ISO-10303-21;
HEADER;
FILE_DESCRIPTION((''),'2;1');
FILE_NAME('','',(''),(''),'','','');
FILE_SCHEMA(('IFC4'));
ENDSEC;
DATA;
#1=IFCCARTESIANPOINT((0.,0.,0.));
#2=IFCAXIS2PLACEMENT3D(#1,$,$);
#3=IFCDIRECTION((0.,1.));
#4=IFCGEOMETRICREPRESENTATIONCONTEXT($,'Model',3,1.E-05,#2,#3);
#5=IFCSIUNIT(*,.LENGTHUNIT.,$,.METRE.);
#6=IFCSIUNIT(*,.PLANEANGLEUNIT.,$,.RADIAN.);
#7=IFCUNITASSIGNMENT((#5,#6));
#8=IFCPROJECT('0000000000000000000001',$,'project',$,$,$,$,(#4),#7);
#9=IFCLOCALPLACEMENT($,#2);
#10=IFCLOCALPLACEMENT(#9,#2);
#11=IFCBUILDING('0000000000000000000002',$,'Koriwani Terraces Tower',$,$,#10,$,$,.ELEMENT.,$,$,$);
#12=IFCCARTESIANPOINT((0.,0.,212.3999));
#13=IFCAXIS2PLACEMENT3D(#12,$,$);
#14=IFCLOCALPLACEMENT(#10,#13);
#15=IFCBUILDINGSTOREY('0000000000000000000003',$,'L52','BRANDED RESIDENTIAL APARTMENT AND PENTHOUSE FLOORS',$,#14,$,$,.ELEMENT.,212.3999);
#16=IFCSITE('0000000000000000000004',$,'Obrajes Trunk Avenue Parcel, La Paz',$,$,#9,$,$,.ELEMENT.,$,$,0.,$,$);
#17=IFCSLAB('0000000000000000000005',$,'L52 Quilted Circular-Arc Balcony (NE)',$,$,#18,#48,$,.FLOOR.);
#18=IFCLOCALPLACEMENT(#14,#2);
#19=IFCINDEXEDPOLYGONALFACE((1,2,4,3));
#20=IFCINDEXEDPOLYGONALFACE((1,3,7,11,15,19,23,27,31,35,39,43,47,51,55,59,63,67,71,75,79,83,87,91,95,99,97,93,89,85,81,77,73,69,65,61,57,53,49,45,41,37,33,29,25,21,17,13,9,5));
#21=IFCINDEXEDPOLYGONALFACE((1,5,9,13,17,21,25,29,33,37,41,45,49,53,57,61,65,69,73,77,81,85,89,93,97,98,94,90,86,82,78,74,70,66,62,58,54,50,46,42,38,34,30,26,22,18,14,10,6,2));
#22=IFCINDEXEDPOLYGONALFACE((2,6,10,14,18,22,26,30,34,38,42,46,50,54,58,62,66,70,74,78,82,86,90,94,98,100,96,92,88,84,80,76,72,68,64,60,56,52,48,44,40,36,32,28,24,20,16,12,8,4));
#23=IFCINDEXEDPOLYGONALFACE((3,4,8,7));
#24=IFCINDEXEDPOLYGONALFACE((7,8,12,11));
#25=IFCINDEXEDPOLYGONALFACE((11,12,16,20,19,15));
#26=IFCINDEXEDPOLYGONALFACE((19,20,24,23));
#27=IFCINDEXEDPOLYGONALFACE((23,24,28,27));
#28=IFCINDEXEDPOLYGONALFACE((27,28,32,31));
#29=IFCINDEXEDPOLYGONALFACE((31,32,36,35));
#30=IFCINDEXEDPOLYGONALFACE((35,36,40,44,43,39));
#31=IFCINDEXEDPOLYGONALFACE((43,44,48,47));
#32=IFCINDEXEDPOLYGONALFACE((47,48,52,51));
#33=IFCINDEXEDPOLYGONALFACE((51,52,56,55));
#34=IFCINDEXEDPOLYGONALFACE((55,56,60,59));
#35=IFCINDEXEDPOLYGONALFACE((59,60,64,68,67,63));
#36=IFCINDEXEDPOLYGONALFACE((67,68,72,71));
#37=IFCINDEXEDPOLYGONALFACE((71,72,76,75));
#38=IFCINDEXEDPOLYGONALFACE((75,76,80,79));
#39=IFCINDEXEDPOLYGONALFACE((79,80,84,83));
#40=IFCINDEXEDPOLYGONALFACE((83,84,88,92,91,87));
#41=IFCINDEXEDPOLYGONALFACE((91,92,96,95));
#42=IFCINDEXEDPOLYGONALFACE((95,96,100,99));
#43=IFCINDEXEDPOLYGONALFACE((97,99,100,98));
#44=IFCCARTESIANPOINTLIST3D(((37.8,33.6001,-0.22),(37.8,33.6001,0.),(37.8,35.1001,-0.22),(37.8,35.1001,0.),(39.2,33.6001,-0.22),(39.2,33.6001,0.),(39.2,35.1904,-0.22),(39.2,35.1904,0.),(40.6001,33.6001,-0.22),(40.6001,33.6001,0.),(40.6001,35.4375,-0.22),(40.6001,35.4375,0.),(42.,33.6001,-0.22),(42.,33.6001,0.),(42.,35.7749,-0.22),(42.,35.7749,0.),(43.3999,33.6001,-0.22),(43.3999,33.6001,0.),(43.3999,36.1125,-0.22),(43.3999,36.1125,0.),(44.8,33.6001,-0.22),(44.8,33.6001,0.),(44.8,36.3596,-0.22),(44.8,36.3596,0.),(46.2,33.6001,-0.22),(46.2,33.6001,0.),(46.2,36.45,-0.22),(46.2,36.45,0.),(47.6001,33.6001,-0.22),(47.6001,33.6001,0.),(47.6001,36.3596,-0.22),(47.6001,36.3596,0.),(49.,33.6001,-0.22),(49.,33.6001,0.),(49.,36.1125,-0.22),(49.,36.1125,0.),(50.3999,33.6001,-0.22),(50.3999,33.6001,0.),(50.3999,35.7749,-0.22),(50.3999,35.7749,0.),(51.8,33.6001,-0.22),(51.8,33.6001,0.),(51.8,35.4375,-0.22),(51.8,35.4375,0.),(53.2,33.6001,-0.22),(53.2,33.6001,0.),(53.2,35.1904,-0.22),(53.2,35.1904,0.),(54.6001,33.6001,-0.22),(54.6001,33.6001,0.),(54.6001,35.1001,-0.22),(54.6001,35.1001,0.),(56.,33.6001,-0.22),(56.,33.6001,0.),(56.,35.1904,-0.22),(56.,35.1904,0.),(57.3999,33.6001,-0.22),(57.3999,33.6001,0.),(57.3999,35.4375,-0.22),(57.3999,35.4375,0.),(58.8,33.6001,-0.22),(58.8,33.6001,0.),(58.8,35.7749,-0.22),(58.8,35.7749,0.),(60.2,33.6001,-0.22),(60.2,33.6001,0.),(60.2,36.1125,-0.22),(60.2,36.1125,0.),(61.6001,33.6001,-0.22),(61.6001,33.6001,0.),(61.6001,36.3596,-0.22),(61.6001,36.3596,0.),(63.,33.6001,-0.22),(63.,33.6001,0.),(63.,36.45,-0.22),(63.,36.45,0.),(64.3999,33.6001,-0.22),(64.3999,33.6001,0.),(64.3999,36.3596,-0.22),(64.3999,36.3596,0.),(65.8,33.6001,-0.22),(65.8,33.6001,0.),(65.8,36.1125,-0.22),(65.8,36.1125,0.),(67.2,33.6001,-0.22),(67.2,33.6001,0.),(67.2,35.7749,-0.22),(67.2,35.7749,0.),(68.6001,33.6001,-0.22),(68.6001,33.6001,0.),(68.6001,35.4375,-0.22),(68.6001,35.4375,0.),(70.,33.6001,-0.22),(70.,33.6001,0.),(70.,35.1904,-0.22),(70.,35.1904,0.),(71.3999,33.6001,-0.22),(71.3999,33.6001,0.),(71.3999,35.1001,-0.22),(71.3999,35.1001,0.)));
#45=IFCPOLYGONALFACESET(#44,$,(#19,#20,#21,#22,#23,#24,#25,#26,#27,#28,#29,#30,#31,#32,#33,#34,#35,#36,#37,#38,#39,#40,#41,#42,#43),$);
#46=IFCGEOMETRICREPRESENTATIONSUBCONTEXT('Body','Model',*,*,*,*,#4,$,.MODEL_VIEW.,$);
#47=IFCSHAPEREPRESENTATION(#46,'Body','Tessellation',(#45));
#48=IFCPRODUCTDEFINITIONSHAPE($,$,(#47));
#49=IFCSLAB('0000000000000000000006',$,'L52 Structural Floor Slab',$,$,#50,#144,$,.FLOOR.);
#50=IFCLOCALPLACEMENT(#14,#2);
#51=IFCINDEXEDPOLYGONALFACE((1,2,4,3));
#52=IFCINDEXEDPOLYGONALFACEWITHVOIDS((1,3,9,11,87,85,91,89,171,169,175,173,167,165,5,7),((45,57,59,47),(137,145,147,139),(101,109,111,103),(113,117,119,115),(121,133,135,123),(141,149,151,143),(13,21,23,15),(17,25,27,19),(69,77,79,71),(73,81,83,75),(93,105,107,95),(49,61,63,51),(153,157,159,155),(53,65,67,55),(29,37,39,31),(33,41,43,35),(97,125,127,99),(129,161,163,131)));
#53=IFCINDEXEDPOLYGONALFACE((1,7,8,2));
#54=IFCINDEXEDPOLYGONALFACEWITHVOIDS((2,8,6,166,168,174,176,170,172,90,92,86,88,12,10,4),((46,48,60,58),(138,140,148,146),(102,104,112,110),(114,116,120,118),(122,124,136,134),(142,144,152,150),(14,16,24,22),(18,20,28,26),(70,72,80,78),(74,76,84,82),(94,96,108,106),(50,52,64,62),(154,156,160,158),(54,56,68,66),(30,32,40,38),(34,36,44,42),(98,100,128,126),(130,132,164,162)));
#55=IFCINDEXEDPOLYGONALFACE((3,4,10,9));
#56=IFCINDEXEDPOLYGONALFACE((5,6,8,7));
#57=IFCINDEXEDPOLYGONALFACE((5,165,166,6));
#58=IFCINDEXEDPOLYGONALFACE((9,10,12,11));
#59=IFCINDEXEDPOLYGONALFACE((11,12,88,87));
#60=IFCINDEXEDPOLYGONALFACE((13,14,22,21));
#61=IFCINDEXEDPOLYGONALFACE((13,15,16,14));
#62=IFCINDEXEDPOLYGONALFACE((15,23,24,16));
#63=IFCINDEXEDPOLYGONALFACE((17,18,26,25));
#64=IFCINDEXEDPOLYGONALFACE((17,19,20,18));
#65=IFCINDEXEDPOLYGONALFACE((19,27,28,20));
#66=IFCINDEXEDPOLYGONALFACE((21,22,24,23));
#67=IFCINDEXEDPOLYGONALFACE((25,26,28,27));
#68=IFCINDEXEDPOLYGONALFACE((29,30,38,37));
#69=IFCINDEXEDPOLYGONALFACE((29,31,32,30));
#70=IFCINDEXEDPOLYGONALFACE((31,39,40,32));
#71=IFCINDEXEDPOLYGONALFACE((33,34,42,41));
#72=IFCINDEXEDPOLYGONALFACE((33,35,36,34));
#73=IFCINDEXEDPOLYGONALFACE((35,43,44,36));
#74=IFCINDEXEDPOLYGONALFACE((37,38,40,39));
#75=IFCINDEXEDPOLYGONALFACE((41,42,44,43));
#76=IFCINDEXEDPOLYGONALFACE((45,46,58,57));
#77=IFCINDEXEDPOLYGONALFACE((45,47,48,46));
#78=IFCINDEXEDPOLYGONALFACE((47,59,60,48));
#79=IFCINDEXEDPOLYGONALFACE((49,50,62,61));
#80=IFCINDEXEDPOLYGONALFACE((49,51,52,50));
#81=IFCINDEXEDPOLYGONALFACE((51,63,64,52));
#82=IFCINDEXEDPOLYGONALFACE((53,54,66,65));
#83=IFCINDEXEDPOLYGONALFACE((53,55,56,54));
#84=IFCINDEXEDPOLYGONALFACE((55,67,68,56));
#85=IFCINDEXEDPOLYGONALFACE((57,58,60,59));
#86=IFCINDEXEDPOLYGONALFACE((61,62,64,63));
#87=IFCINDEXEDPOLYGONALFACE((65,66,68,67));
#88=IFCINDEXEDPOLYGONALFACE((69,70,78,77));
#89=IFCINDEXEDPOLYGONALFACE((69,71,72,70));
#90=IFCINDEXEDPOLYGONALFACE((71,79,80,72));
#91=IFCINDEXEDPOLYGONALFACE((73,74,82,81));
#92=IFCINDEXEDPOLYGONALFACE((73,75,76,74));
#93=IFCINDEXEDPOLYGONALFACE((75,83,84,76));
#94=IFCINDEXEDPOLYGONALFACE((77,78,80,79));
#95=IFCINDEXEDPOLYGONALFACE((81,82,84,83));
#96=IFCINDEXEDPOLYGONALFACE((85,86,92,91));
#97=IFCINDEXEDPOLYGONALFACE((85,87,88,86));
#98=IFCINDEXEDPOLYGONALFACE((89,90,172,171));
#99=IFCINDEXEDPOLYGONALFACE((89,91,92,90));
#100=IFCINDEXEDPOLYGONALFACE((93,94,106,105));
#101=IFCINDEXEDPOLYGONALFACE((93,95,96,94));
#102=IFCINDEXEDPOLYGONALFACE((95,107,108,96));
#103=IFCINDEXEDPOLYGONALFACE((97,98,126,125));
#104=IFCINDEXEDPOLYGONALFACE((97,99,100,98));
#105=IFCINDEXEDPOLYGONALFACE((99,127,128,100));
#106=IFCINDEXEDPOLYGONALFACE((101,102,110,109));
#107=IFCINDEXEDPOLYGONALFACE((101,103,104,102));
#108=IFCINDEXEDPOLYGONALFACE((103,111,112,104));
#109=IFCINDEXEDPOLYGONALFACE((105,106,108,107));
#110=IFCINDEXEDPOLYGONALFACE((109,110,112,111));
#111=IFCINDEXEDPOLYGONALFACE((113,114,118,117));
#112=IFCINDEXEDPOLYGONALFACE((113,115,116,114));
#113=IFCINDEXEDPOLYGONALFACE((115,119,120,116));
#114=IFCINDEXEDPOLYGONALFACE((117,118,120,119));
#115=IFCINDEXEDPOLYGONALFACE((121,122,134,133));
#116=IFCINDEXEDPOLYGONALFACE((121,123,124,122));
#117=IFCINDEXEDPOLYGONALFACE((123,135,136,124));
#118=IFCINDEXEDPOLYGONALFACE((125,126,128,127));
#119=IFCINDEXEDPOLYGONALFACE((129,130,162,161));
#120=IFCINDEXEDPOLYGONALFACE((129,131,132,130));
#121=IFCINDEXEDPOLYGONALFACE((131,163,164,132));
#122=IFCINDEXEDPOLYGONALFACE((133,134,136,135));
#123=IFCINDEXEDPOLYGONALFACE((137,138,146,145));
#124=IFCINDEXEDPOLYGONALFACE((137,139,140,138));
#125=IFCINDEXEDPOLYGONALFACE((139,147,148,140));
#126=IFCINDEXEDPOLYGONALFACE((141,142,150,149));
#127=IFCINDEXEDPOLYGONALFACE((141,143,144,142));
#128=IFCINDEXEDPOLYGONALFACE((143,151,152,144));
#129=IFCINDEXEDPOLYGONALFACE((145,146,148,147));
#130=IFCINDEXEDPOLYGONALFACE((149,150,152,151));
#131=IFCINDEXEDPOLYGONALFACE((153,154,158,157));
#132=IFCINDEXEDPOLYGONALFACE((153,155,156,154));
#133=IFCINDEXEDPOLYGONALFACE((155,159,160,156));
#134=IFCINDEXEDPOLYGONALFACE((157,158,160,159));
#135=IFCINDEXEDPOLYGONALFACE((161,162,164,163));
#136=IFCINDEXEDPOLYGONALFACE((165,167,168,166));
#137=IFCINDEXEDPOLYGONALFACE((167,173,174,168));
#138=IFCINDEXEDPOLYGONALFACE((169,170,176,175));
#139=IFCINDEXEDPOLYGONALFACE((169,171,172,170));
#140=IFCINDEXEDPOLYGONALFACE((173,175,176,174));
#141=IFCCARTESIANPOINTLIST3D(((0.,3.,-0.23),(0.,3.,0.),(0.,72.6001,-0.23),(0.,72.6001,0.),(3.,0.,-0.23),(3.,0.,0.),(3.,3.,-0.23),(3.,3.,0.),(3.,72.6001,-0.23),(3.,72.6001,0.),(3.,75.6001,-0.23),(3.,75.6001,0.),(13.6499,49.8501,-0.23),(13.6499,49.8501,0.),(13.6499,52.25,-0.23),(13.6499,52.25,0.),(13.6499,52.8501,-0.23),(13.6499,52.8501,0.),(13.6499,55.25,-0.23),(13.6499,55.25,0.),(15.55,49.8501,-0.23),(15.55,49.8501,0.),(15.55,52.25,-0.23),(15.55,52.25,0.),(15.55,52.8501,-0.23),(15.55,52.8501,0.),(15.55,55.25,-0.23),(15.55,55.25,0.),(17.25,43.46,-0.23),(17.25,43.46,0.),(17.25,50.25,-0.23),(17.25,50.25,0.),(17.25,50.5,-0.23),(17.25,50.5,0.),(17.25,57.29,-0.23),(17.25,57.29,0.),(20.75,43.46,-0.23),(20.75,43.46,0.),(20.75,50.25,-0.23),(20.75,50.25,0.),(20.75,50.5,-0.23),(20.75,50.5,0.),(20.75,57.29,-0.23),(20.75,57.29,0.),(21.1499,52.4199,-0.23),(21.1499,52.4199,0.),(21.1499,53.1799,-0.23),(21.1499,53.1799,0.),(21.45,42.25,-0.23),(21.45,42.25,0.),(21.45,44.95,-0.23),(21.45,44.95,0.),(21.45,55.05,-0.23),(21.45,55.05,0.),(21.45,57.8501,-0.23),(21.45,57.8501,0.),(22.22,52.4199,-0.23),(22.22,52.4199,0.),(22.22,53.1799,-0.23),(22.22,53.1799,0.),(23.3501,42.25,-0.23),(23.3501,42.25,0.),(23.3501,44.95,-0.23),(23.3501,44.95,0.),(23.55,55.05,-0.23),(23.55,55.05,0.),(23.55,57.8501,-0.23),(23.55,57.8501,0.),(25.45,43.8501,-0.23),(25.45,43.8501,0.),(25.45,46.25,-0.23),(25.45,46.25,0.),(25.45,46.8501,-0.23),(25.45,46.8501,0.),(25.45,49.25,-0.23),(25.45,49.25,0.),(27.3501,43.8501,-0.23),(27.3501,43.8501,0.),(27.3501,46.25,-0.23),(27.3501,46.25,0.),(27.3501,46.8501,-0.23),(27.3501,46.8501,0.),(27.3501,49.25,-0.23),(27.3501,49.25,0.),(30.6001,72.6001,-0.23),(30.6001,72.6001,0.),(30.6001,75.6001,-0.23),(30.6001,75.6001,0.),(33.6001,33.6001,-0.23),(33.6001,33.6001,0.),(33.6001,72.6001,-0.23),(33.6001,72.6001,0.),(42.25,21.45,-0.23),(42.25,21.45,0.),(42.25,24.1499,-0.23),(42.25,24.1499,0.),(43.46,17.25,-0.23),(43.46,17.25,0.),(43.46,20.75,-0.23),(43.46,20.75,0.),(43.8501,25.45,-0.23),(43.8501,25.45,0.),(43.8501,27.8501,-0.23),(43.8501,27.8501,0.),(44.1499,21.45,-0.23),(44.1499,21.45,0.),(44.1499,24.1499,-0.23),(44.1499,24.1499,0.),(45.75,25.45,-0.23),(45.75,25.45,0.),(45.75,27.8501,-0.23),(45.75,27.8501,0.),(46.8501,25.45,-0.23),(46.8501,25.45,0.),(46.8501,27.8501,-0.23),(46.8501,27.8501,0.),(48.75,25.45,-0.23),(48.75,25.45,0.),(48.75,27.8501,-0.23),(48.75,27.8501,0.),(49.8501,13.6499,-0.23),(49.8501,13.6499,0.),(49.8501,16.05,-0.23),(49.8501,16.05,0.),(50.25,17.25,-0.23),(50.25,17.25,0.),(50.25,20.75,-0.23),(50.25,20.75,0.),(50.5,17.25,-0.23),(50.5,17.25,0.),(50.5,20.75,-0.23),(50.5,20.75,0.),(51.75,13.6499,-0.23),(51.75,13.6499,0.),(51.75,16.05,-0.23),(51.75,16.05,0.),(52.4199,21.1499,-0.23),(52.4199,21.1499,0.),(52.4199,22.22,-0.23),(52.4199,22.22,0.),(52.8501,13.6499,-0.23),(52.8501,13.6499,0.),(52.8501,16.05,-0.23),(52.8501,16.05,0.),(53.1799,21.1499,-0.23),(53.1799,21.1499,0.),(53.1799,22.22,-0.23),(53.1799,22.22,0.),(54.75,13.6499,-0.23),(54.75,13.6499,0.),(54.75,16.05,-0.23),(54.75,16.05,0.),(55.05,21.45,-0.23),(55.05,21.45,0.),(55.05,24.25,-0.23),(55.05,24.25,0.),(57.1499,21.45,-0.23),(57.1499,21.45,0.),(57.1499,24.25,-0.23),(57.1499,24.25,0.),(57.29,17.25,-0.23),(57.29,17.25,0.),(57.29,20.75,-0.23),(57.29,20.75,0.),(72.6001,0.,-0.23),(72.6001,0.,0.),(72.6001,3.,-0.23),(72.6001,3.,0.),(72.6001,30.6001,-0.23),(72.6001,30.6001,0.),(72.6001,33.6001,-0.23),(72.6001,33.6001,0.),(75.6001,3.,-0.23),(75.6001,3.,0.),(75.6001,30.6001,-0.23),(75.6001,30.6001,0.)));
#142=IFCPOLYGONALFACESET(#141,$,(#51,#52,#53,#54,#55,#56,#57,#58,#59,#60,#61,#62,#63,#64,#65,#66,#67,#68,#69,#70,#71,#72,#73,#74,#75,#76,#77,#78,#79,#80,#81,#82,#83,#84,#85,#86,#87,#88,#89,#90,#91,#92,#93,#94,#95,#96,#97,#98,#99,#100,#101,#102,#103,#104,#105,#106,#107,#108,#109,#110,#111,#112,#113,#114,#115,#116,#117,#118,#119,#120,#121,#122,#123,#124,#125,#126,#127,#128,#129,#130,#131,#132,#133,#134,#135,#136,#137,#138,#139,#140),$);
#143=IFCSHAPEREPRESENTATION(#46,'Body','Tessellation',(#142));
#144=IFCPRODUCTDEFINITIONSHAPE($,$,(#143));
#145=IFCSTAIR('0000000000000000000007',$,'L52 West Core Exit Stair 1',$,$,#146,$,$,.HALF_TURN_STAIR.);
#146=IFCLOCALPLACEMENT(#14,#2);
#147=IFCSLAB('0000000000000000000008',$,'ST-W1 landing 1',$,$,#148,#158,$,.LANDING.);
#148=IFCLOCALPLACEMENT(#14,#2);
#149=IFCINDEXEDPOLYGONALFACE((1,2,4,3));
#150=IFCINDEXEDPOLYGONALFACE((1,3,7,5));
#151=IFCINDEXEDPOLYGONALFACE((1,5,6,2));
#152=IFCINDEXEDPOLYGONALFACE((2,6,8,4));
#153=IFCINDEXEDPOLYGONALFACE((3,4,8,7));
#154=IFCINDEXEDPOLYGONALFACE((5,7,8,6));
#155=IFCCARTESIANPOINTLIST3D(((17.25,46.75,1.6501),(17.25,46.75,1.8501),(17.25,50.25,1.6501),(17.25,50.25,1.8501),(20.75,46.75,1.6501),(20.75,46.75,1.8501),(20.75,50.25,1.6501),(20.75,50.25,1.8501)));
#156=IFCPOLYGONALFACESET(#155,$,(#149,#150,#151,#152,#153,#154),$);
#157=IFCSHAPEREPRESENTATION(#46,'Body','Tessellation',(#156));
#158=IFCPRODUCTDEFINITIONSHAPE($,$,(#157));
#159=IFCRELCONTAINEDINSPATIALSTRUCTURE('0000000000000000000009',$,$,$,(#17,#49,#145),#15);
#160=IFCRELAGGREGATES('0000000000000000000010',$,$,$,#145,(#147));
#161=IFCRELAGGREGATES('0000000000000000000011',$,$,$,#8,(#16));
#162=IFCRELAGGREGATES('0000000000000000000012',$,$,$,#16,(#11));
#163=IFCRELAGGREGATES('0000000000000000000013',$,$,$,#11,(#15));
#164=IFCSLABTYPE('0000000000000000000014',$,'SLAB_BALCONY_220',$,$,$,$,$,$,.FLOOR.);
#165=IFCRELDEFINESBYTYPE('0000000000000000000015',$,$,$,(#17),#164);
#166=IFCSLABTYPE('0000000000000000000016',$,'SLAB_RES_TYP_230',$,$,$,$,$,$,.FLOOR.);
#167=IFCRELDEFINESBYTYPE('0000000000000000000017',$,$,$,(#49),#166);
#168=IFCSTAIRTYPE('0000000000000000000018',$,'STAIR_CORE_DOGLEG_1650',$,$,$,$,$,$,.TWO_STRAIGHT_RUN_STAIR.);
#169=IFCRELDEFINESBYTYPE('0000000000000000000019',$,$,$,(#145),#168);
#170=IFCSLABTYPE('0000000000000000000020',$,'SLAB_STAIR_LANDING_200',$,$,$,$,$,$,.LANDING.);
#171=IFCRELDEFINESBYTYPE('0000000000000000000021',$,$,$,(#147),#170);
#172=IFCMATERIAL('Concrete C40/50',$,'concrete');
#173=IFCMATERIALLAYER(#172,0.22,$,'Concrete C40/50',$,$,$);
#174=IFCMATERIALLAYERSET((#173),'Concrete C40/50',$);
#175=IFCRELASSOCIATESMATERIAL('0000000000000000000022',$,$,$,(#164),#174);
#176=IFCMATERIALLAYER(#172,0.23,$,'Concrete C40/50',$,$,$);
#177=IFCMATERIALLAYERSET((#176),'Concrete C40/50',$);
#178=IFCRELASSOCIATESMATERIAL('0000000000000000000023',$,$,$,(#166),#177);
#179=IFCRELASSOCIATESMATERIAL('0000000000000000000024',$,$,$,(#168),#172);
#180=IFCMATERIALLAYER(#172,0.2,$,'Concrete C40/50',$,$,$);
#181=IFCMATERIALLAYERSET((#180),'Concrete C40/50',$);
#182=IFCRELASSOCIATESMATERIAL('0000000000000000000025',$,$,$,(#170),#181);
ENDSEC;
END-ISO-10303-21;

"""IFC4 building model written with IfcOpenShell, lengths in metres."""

from ifc_helpers import new_model, si_unit, direction, frame, origin, place, context, subcontext, project, spatial, polyline, outline, extrude, material, layer, layer_set, type_object, element, aggregate, save


model = new_model("IFC4")

# Units and contexts
model_context = context("Model", 3, precision=1e-05, world=origin(), true_north=direction((0.0, 1.0)))
body_context = subcontext(model_context, "Body", "Model", "MODEL_VIEW")
ifc_project = project(units=[si_unit("LENGTHUNIT", "METRE"), si_unit("PLANEANGLEUNIT", "RADIAN")], contexts=[model_context])

# Site, building, storey
site_placement = place(None, origin())
site = spatial("IfcSite", under=ifc_project, at=site_placement, Name="Obrajes Trunk Avenue Parcel, La Paz", CompositionType="ELEMENT", RefElevation=0.0)
building_placement = place(site_placement, origin())
building = spatial("IfcBuilding", under=site, at=building_placement, Name="Koriwani Terraces Tower", CompositionType="ELEMENT")
storey_placement = place(building_placement, frame((0.0, 0.0, 212.3999)))
storey = spatial("IfcBuildingStorey", under=building, at=storey_placement, Name="L52", Description="BRANDED RESIDENTIAL APARTMENT AND PENTHOUSE FLOORS", CompositionType="ELEMENT", Elevation=212.3999)

# Shared definitions
ifc_material_1 = material(Name="Concrete C40/50", Category="concrete")

# Slabs
ifc_layer_1 = layer(ifc_material_1, 0.22, Name="Concrete C40/50")
ifc_layer_set_1 = layer_set([ifc_layer_1], Name="Concrete C40/50")
slab_type_1 = type_object("IfcSlabType", Name="SLAB_BALCONY_220", PredefinedType="FLOOR", material=ifc_layer_set_1)
slab_1_placement = place(storey_placement, frame((0.0, 0.0, -0.22)))
element("IfcSlab", 1, at=slab_1_placement, inside=storey, type_object=slab_type_1, Name="L52 Quilted Circular-Arc Balcony (NE)", PredefinedType="FLOOR", context=body_context, shape_type="SweptSolid", body=[
    extrude(outline(polyline([(71.3999, 33.6001), (70.0, 33.6001), (68.6001, 33.6001), (67.2, 33.6001), (65.8, 33.6001), (64.3999, 33.6001), (63.0, 33.6001), (61.6001, 33.6001), (60.2, 33.6001), (58.8, 33.6001), (57.3999, 33.6001), (56.0, 33.6001), (54.6001, 33.6001), (53.2, 33.6001), (51.8, 33.6001), (50.3999, 33.6001), (49.0, 33.6001), (47.6001, 33.6001), (46.2, 33.6001), (44.8, 33.6001), (43.3999, 33.6001), (42.0, 33.6001), (40.6001, 33.6001), (39.2, 33.6001), (37.8, 33.6001), (37.8, 35.1001), (39.2, 35.1904), (40.6001, 35.4375), (42.0, 35.7749), (43.3999, 36.1125), (44.8, 36.3596), (46.2, 36.45), (47.6001, 36.3596), (49.0, 36.1125), (50.3999, 35.7749), (51.8, 35.4375), (53.2, 35.1904), (54.6001, 35.1001), (56.0, 35.1904), (57.3999, 35.4375), (58.8, 35.7749), (60.2, 36.1125), (61.6001, 36.3596), (63.0, 36.45), (64.3999, 36.3596), (65.8, 36.1125), (67.2, 35.7749), (68.6001, 35.4375), (70.0, 35.1904), (71.3999, 35.1001), (71.3999, 33.6001)])), origin(), (0.0, 0.0, 1.0), 0.22),
])
ifc_layer_2 = layer(ifc_material_1, 0.23, Name="Concrete C40/50")
ifc_layer_set_2 = layer_set([ifc_layer_2], Name="Concrete C40/50")
slab_type_2 = type_object("IfcSlabType", Name="SLAB_RES_TYP_230", PredefinedType="FLOOR", material=ifc_layer_set_2)
slab_2_placement = place(storey_placement, frame((0.0, 0.0, -0.23)))
element("IfcSlab", 2, at=slab_2_placement, inside=storey, type_object=slab_type_2, Name="L52 Structural Floor Slab", PredefinedType="FLOOR", context=body_context, shape_type="SweptSolid", body=[
    extrude(outline(polyline([(3.0, 0.0), (72.6001, 0.0), (72.6001, 3.0), (75.6001, 3.0), (75.6001, 30.6001), (72.6001, 30.6001), (72.6001, 33.6001), (33.6001, 33.6001), (33.6001, 72.6001), (30.6001, 72.6001), (30.6001, 75.6001), (3.0, 75.6001), (3.0, 72.6001), (0.0, 72.6001), (0.0, 3.0), (3.0, 3.0), (3.0, 0.0)]), holes=[polyline([(17.25, 43.46), (20.75, 43.46), (20.75, 50.25), (17.25, 50.25), (17.25, 43.46)]), polyline([(17.25, 50.5), (20.75, 50.5), (20.75, 57.29), (17.25, 57.29), (17.25, 50.5)]), polyline([(43.46, 17.25), (50.25, 17.25), (50.25, 20.75), (43.46, 20.75), (43.46, 17.25)]), polyline([(50.5, 17.25), (57.29, 17.25), (57.29, 20.75), (50.5, 20.75), (50.5, 17.25)]), polyline([(13.6499, 49.8501), (15.55, 49.8501), (15.55, 52.25), (13.6499, 52.25), (13.6499, 49.8501)]), polyline([(13.6499, 52.8501), (15.55, 52.8501), (15.55, 55.25), (13.6499, 55.25), (13.6499, 52.8501)]), polyline([(49.8501, 13.6499), (51.75, 13.6499), (51.75, 16.05), (49.8501, 16.05), (49.8501, 13.6499)]), polyline([(52.8501, 13.6499), (54.75, 13.6499), (54.75, 16.05), (52.8501, 16.05), (52.8501, 13.6499)]), polyline([(25.45, 43.8501), (27.3501, 43.8501), (27.3501, 46.25), (25.45, 46.25), (25.45, 43.8501)]), polyline([(25.45, 46.8501), (27.3501, 46.8501), (27.3501, 49.25), (25.45, 49.25), (25.45, 46.8501)]), polyline([(43.8501, 25.45), (45.75, 25.45), (45.75, 27.8501), (43.8501, 27.8501), (43.8501, 25.45)]), polyline([(46.8501, 25.45), (48.75, 25.45), (48.75, 27.8501), (46.8501, 27.8501), (46.8501, 25.45)]), polyline([(21.45, 55.05), (23.55, 55.05), (23.55, 57.8501), (21.45, 57.8501), (21.45, 55.05)]), polyline([(55.05, 21.45), (57.1499, 21.45), (57.1499, 24.25), (55.05, 24.25), (55.05, 21.45)]), polyline([(21.45, 42.25), (23.3501, 42.25), (23.3501, 44.95), (21.45, 44.95), (21.45, 42.25)]), polyline([(42.25, 21.45), (44.1499, 21.45), (44.1499, 24.1499), (42.25, 24.1499), (42.25, 21.45)]), polyline([(21.1499, 52.4199), (22.22, 52.4199), (22.22, 53.1799), (21.1499, 53.1799), (21.1499, 52.4199)]), polyline([(52.4199, 21.1499), (53.1799, 21.1499), (53.1799, 22.22), (52.4199, 22.22), (52.4199, 21.1499)])]), origin(), (0.0, 0.0, 1.0), 0.23),
])

# Stair, slab
stair_type = type_object("IfcStairType", Name="STAIR_CORE_DOGLEG_1650", PredefinedType="TWO_STRAIGHT_RUN_STAIR", material=ifc_material_1)
stair_1_placement = place(storey_placement, origin())
stair_1 = element("IfcStair", 3, at=stair_1_placement, inside=storey, type_object=stair_type, Name="L52 West Core Exit Stair 1", PredefinedType="HALF_TURN_STAIR")
ifc_layer_3 = layer(ifc_material_1, 0.2, Name="Concrete C40/50")
ifc_layer_set_3 = layer_set([ifc_layer_3], Name="Concrete C40/50")
slab_type_3 = type_object("IfcSlabType", Name="SLAB_STAIR_LANDING_200", PredefinedType="LANDING", material=ifc_layer_set_3)
slab_3_placement = place(storey_placement, frame((0.0, 0.0, 1.6501)))
slab_3 = element("IfcSlab", 4, at=slab_3_placement, type_object=slab_type_3, Name="ST-W1 landing 1", PredefinedType="LANDING", context=body_context, shape_type="SweptSolid", body=[
    extrude(outline(polyline([(20.75, 46.75), (20.75, 50.25), (17.25, 50.25), (17.25, 46.75), (20.75, 46.75)])), origin(), (0.0, 0.0, 1.0), 0.2),
])
aggregate(stair_1, [slab_3])

save(model, "model.ifc")
